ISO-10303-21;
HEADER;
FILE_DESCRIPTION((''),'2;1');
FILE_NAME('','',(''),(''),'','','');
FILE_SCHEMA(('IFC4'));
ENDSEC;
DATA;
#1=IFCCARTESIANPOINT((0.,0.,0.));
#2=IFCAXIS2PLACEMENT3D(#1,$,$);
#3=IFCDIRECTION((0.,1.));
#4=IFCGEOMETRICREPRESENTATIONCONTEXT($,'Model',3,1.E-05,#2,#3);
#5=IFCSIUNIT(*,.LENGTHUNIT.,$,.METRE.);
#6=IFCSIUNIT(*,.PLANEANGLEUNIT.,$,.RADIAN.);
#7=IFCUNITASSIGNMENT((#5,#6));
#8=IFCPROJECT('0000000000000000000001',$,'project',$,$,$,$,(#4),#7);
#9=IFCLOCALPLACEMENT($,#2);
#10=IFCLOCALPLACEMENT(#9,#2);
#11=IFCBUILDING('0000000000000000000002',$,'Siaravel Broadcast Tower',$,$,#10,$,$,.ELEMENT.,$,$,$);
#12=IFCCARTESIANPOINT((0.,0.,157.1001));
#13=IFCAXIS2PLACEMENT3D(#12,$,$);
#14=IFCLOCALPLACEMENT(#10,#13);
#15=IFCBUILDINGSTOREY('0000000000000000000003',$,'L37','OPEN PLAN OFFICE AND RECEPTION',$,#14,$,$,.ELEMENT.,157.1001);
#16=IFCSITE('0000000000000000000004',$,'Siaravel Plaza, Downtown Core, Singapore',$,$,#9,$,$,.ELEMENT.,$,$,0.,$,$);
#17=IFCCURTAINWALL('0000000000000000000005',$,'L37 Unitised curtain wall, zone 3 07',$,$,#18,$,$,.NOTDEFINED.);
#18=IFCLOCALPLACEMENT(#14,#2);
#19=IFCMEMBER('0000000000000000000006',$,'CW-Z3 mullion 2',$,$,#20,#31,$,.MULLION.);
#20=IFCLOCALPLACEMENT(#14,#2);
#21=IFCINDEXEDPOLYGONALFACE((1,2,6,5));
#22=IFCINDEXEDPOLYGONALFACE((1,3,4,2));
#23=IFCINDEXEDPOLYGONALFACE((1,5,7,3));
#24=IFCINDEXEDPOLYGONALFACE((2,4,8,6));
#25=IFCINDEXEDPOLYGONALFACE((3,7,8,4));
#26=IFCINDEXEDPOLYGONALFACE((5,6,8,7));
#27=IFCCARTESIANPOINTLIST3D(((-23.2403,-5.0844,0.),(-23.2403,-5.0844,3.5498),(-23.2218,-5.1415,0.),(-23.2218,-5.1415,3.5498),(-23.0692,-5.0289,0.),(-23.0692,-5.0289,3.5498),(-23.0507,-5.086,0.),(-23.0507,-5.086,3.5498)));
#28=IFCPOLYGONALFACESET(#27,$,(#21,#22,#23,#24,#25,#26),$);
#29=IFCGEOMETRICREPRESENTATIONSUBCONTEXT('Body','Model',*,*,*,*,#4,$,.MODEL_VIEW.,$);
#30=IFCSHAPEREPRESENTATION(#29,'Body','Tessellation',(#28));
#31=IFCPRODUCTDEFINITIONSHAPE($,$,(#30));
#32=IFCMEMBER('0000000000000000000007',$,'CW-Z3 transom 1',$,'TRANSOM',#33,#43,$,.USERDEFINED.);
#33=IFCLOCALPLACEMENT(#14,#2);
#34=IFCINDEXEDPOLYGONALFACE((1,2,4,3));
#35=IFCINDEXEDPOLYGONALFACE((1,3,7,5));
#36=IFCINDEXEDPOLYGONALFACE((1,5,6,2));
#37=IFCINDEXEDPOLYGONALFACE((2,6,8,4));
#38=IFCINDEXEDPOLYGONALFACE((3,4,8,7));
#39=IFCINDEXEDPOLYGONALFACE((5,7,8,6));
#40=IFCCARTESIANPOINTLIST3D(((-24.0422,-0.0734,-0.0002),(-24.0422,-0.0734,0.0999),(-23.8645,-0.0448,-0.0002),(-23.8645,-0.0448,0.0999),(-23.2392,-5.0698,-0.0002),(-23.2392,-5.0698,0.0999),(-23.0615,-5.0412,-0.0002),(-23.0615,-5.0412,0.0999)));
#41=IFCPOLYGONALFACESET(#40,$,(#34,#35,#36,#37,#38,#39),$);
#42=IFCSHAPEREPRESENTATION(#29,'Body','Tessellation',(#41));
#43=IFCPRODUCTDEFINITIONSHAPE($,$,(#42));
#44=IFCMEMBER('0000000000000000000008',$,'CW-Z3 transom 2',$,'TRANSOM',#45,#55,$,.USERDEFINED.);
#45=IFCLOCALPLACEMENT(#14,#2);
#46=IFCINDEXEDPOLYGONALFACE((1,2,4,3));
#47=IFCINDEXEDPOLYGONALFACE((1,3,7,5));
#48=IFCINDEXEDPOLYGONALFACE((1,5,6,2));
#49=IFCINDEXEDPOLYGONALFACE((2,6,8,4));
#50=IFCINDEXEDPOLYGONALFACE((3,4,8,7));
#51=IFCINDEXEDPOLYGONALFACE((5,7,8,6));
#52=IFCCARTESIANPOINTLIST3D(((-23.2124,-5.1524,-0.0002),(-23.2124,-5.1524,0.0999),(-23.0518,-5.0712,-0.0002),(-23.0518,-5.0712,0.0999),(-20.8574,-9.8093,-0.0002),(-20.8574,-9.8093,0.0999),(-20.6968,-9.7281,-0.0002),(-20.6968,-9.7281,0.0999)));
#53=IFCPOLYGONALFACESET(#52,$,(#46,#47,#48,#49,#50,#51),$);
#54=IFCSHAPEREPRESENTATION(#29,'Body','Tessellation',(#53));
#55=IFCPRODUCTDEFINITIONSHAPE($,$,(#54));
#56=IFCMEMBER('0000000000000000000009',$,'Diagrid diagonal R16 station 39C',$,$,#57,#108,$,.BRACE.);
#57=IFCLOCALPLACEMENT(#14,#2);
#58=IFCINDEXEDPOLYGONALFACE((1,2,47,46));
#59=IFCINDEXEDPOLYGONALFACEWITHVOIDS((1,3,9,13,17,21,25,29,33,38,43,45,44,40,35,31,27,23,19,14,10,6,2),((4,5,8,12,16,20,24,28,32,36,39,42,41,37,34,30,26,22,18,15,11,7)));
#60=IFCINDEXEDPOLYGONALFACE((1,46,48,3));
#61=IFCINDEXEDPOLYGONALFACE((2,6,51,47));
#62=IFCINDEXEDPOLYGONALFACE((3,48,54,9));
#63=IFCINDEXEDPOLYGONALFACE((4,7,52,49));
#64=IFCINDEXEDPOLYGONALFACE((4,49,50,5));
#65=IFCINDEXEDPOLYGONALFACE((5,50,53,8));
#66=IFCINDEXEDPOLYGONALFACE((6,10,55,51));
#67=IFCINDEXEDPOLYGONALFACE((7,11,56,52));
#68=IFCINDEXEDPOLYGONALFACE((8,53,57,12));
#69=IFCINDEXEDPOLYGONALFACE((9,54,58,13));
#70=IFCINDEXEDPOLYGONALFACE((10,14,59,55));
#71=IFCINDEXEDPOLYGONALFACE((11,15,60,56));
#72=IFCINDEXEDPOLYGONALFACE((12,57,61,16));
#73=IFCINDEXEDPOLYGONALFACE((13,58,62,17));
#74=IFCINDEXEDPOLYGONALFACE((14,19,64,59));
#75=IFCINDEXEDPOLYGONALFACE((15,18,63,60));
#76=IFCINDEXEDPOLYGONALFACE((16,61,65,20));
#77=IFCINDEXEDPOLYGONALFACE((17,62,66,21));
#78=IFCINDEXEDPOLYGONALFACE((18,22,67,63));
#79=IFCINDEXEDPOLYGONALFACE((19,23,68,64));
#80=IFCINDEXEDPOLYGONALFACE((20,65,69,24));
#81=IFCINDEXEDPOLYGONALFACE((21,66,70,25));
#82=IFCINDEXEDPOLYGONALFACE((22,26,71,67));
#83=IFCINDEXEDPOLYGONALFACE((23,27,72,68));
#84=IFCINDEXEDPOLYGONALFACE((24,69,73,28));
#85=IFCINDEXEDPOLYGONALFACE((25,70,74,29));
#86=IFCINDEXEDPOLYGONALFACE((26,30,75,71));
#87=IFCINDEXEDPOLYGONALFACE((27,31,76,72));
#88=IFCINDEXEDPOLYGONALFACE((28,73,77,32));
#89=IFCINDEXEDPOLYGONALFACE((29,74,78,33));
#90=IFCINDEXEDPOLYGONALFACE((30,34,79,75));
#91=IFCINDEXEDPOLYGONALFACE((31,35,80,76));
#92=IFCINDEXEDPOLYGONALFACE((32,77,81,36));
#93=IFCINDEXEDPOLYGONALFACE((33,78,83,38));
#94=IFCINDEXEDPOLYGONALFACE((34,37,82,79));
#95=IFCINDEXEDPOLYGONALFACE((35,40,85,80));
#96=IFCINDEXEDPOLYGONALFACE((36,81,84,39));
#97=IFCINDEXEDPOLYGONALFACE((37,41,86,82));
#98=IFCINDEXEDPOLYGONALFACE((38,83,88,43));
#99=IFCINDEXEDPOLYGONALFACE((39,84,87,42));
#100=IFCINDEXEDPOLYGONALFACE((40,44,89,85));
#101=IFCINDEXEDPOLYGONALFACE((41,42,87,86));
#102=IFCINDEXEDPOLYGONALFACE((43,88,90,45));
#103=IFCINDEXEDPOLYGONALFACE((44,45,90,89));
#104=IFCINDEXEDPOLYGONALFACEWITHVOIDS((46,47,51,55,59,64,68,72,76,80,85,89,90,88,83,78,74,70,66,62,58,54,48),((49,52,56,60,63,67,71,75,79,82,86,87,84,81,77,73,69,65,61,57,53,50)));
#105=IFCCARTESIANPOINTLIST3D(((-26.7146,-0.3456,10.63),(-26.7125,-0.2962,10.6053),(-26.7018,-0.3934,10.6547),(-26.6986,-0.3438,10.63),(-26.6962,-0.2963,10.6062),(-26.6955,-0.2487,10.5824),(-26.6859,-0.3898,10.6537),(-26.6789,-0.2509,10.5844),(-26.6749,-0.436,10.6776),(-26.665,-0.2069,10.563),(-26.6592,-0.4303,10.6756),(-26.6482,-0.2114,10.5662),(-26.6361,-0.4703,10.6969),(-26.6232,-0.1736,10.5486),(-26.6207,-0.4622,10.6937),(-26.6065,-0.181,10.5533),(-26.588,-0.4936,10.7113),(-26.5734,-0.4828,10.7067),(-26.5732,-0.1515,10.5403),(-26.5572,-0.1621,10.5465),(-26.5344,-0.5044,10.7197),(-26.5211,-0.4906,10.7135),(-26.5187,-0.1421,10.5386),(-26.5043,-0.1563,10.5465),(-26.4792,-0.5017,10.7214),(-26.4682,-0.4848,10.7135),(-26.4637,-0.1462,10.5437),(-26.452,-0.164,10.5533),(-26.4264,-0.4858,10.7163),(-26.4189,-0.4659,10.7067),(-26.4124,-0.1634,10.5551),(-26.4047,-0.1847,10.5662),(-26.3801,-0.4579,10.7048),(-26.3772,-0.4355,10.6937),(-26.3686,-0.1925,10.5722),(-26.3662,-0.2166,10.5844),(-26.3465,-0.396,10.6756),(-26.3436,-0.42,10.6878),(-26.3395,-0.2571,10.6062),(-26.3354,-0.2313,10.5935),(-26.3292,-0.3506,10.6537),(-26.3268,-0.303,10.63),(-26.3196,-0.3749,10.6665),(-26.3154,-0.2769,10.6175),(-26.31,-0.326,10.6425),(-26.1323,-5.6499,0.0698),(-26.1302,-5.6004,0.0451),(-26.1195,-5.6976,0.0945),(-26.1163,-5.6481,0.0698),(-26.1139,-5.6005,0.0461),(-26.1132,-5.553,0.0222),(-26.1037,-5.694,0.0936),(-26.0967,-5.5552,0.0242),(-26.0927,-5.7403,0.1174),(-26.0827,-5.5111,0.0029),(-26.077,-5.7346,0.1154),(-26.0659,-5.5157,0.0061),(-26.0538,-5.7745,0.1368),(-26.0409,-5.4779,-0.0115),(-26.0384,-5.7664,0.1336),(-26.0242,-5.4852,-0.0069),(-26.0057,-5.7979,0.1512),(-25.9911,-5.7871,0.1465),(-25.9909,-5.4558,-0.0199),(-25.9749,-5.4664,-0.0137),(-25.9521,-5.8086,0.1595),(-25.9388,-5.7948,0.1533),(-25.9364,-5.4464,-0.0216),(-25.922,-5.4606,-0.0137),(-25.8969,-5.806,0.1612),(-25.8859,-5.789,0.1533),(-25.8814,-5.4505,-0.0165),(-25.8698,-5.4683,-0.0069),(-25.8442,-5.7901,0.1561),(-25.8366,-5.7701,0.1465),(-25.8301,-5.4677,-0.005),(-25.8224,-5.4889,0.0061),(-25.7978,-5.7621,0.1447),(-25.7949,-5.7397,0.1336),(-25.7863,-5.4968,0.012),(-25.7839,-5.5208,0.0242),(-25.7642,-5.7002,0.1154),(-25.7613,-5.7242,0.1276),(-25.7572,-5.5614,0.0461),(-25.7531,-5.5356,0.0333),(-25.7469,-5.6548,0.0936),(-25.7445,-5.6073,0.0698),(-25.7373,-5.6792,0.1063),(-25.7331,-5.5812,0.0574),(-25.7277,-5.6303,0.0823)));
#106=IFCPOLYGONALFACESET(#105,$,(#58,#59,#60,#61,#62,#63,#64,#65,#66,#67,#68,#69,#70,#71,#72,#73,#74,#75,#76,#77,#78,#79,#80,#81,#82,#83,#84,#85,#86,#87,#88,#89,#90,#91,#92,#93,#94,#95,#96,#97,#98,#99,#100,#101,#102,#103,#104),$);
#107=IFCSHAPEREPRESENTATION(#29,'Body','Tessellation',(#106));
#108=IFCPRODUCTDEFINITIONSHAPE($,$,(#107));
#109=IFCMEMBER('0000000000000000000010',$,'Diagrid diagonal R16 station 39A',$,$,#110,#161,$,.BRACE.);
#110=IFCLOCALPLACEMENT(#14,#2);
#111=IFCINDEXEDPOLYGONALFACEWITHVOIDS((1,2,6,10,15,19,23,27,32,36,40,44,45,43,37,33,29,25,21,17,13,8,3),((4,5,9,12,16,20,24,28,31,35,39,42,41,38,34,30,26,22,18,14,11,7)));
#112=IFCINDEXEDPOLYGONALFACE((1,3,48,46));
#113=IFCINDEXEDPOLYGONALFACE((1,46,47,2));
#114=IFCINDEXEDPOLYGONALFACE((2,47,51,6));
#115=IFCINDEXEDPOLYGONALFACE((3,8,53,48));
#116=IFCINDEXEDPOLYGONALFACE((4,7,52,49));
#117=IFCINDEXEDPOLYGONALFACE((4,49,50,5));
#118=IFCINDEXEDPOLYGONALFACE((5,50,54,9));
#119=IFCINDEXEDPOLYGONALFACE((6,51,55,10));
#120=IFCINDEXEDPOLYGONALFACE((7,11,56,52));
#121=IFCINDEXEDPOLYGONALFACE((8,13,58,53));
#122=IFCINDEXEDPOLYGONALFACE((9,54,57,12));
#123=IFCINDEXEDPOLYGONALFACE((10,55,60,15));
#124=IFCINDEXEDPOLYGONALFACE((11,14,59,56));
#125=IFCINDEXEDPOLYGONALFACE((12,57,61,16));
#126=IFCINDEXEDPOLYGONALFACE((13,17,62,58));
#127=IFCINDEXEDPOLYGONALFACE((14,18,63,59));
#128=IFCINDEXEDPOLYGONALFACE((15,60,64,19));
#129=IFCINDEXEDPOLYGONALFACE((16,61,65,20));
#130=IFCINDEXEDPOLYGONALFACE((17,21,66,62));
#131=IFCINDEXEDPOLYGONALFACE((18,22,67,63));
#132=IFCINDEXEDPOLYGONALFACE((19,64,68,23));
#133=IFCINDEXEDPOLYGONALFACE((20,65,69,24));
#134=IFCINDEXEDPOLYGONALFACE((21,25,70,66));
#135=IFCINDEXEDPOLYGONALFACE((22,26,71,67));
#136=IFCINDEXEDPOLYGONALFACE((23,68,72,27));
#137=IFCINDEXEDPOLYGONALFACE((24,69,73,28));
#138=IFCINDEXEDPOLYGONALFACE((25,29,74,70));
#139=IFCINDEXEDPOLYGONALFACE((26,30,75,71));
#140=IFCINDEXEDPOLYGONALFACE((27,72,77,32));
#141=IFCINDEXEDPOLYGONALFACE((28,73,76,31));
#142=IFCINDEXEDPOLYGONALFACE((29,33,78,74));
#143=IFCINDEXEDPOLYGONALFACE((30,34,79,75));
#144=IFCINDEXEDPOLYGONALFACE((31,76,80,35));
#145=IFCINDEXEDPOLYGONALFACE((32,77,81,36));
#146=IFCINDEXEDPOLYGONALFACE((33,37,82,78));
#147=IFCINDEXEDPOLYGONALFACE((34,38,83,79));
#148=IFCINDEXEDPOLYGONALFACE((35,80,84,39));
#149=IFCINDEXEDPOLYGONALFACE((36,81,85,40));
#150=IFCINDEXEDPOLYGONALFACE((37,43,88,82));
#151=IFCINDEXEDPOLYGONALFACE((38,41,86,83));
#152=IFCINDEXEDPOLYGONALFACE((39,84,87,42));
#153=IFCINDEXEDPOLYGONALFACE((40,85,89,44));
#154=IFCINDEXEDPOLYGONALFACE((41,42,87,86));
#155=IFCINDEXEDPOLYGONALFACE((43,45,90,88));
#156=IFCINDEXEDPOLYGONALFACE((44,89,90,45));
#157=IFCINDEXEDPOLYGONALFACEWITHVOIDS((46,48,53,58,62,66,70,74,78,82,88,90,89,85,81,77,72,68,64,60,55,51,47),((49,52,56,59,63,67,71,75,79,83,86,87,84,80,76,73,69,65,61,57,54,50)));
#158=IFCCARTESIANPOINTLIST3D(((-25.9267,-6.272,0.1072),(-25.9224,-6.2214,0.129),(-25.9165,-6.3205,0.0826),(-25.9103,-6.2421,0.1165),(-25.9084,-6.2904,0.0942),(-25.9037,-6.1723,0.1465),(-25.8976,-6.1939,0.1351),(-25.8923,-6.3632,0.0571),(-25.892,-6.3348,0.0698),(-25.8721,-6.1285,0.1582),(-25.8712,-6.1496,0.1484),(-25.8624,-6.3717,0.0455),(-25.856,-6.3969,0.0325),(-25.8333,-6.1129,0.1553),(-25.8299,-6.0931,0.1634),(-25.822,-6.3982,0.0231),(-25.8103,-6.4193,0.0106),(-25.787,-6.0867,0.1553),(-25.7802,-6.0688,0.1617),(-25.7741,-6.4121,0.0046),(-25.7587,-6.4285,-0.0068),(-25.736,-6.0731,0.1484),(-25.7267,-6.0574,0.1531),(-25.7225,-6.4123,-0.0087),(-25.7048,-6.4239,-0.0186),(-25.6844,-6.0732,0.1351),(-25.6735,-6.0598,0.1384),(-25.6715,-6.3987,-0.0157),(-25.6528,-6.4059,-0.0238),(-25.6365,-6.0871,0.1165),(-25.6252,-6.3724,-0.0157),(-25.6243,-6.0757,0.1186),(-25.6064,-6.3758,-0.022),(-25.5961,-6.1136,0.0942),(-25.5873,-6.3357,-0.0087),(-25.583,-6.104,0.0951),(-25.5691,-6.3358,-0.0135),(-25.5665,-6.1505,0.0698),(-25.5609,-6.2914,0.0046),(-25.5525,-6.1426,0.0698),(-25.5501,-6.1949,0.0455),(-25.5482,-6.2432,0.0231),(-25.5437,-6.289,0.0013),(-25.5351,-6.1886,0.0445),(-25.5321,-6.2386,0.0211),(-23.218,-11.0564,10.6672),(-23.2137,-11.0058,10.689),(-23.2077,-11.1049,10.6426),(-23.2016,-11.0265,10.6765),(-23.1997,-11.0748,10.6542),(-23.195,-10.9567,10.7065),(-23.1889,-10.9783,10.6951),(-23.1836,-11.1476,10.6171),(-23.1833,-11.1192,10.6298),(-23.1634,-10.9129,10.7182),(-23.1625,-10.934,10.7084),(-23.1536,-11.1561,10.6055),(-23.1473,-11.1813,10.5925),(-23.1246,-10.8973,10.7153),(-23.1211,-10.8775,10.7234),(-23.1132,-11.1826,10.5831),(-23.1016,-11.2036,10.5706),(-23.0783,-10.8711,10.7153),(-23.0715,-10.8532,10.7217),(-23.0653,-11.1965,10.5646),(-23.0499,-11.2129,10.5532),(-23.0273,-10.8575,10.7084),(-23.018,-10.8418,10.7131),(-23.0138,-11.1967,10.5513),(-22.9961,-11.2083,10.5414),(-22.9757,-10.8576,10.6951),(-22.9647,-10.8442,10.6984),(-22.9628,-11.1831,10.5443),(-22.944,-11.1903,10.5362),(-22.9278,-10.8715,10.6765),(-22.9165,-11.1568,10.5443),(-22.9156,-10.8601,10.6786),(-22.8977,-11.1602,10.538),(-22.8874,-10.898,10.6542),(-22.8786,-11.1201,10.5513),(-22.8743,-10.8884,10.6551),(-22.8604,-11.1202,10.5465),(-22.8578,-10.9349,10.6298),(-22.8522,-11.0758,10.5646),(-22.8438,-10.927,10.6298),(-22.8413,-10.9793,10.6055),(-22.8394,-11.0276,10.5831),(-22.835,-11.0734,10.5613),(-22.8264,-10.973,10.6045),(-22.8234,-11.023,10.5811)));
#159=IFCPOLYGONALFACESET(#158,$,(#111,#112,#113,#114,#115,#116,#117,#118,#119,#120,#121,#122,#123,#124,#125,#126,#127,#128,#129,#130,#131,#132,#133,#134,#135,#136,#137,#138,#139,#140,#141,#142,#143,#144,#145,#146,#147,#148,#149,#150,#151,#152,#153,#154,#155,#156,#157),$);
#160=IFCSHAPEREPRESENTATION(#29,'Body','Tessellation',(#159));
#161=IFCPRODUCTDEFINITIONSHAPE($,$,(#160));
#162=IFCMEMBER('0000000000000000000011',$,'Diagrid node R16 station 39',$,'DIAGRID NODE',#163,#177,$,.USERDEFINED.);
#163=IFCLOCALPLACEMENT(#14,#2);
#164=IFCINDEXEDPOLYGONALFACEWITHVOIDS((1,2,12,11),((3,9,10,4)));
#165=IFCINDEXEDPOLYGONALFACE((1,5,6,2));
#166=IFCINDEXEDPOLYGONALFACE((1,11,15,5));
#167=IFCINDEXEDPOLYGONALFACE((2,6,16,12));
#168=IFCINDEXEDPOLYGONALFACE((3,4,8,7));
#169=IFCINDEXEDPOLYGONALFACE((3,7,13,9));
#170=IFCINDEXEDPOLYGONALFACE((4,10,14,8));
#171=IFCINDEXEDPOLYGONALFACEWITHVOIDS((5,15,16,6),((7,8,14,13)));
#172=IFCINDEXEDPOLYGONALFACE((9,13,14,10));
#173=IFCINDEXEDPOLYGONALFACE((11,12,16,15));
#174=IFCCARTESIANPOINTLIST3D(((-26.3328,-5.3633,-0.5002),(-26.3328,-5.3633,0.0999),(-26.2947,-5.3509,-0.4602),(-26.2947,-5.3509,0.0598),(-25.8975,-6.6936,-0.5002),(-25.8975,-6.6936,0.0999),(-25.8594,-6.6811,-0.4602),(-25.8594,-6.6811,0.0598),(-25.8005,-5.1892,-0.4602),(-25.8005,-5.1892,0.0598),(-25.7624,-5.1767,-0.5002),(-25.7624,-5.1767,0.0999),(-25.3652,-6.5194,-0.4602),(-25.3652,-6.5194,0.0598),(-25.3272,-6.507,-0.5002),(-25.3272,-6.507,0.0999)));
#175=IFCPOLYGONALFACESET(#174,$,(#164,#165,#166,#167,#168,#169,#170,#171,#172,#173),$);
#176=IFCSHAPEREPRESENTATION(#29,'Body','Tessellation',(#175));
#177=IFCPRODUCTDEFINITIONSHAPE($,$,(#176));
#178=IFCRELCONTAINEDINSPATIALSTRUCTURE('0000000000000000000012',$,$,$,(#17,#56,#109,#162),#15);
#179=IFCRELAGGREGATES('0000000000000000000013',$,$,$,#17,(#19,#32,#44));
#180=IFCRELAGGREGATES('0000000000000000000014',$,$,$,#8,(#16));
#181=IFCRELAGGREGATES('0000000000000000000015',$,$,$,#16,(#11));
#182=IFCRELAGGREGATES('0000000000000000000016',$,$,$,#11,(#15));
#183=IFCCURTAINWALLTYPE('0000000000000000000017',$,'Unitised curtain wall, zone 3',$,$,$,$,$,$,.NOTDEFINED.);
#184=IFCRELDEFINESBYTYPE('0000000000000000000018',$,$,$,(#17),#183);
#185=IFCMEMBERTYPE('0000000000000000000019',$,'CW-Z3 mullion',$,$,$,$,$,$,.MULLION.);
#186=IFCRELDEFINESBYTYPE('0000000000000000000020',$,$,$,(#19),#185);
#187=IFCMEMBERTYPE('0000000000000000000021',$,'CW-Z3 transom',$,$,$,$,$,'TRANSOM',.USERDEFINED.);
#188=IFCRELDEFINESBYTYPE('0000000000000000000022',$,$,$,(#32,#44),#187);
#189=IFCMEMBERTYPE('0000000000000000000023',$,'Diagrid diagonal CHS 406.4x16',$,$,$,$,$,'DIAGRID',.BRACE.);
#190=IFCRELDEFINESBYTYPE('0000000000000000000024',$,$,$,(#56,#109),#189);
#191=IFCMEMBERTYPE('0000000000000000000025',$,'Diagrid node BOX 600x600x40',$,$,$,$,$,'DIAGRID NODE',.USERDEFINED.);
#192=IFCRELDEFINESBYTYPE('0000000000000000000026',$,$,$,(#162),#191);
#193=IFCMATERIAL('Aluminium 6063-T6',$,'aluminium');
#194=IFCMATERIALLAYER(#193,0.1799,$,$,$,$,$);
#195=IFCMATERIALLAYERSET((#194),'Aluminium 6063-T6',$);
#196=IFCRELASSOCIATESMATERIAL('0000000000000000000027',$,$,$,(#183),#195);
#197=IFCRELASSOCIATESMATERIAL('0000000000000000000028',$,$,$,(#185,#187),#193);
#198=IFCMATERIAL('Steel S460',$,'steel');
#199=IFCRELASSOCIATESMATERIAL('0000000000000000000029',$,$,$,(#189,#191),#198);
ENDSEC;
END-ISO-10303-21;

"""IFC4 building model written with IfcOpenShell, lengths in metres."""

from ifc_helpers import new_model, si_unit, direction, frame, origin, origin_2d, place, context, subcontext, project, spatial, rectangle, hollow_rectangle, hollow_circle, extrude, material, layer, layer_set, material_profile, profile_set, type_object, element, aggregate, save


model = new_model("IFC4")

# Units and contexts
model_context = context("Model", 3, precision=1e-05, world=origin(), true_north=direction((0.0, 1.0)))
body_context = subcontext(model_context, "Body", "Model", "MODEL_VIEW")
ifc_project = project(units=[si_unit("LENGTHUNIT", "METRE"), si_unit("PLANEANGLEUNIT", "RADIAN")], contexts=[model_context])

# Site, building, storey
site_placement = place(None, origin())
site = spatial("IfcSite", under=ifc_project, at=site_placement, Name="Siaravel Plaza, Downtown Core, Singapore", CompositionType="ELEMENT", RefElevation=0.0)
building_placement = place(site_placement, origin())
building = spatial("IfcBuilding", under=site, at=building_placement, Name="Siaravel Broadcast Tower", CompositionType="ELEMENT")
storey_placement = place(building_placement, frame((0.0, 0.0, 157.1001)))
storey = spatial("IfcBuildingStorey", under=building, at=storey_placement, Name="L37", Description="OPEN PLAN OFFICE AND RECEPTION", CompositionType="ELEMENT", Elevation=157.1001)

# Curtain wall, members
ifc_material_1 = material(Name="Aluminium 6063-T6", Category="aluminium")
ifc_layer_1 = layer(ifc_material_1, 0.1799)
ifc_layer_set_1 = layer_set([ifc_layer_1], Name="Aluminium 6063-T6")
curtain_wall_type = type_object("IfcCurtainWallType", Name="Unitised curtain wall, zone 3", PredefinedType="NOTDEFINED", material=ifc_layer_set_1)
curtain_wall_placement = place(storey_placement, origin())
curtain_wall = element("IfcCurtainWall", 1, at=curtain_wall_placement, inside=storey, type_object=curtain_wall_type, Name="L37 Unitised curtain wall, zone 3 07", PredefinedType="NOTDEFINED")
ifc_material_profile_1 = material_profile(ifc_material_1, rectangle(XDim=0.1799, YDim=0.0601, at=origin_2d()))
ifc_profile_set_1 = profile_set([ifc_material_profile_1], Name="Aluminium 6063-T6")
member_type_1 = type_object("IfcMemberType", Name="CW-Z3 mullion", PredefinedType="MULLION", material=ifc_profile_set_1)
member_1_placement = place(storey_placement, frame((-23.1455, -5.0852, 0.0), z_axis=(0.0, 0.0, 1.0), x_axis=(0.951177, 0.308645, 0.0)))
member_1 = element("IfcMember", 2, at=member_1_placement, type_object=member_type_1, Name="CW-Z3 mullion 2", PredefinedType="MULLION", context=body_context, shape_type="SweptSolid", body=[
    extrude(rectangle(XDim=0.1799, YDim=0.0601, at=origin_2d()), origin(), (0.0, 0.0, 1.0), 3.5498),
])
ifc_material_profile_2 = material_profile(ifc_material_1, rectangle(XDim=0.1799, YDim=0.1001, at=origin_2d()))
ifc_profile_set_2 = profile_set([ifc_material_profile_2], Name="Aluminium 6063-T6")
member_type_2 = type_object("IfcMemberType", Name="CW-Z3 transom", ElementType="TRANSOM", PredefinedType="USERDEFINED", material=ifc_profile_set_2)
member_2_placement = place(storey_placement, frame((-23.9534, -0.0591, 0.0498), z_axis=(0.158677, -0.987331, 0.0), x_axis=(0.987331, 0.158677, 0.0)))
member_2 = element("IfcMember", 3, at=member_2_placement, type_object=member_type_2, Name="CW-Z3 transom 1", ObjectType="TRANSOM", PredefinedType="USERDEFINED", context=body_context, shape_type="SweptSolid", body=[
    extrude(rectangle(XDim=0.1799, YDim=0.1001, at=origin_2d()), origin(), (0.0, 0.0, 1.0), 5.0605),
])
member_3_placement = place(storey_placement, frame((-23.1321, -5.1118, 0.0498), z_axis=(0.45127, -0.892388, 0.0), x_axis=(0.892388, 0.45127, 0.0)))
member_3 = element("IfcMember", 4, at=member_3_placement, type_object=member_type_2, Name="CW-Z3 transom 2", ObjectType="TRANSOM", PredefinedType="USERDEFINED", context=body_context, shape_type="SweptSolid", body=[
    extrude(rectangle(XDim=0.1799, YDim=0.1001, at=origin_2d()), origin(), (0.0, 0.0, 1.0), 5.2185),
])

# Members
ifc_material_2 = material(Name="Steel S460", Category="steel")
ifc_material_profile_3 = material_profile(ifc_material_2, hollow_circle(Radius=0.2031, WallThickness=0.0161, at=origin_2d()))
ifc_profile_set_3 = profile_set([ifc_material_profile_3], Name="Steel S460")
member_type_3 = type_object("IfcMemberType", Name="Diagrid diagonal CHS 406.4x16", ElementType="DIAGRID", PredefinedType="BRACE", material=ifc_profile_set_3)
member_4_placement = place(storey_placement, frame((-25.9304, -5.6277, 0.0698), z_axis=(-0.049213, 0.448305, 0.892525), x_axis=(-0.994028, -0.109121, 0.0)))
element("IfcMember", 5, at=member_4_placement, inside=storey, type_object=member_type_3, Name="Diagrid diagonal R16 station 39C", PredefinedType="BRACE", context=body_context, shape_type="SweptSolid", body=[
    extrude(hollow_circle(Radius=0.2031, WallThickness=0.0161, at=origin_2d()), origin(), (0.0, 0.0, 1.0), 11.8318),
])
member_5_placement = place(storey_placement, frame((-25.7292, -6.2427, 0.0698), z_axis=(0.227519, -0.401864, 0.886984), x_axis=(0.870212, 0.492678, 0.0)))
element("IfcMember", 6, at=member_5_placement, inside=storey, type_object=member_type_3, Name="Diagrid diagonal R16 station 39A", PredefinedType="BRACE", context=body_context, shape_type="SweptSolid", body=[
    extrude(hollow_circle(Radius=0.2031, WallThickness=0.0161, at=origin_2d()), origin(), (0.0, 0.0, 1.0), 11.9055),
])
ifc_material_profile_4 = material_profile(ifc_material_2, hollow_rectangle(XDim=0.6001, YDim=0.6001, WallThickness=0.04, at=origin_2d()))
ifc_profile_set_4 = profile_set([ifc_material_profile_4], Name="Steel S460")
member_type_4 = type_object("IfcMemberType", Name="Diagrid node BOX 600x600x40", ElementType="DIAGRID NODE", PredefinedType="USERDEFINED", material=ifc_profile_set_4)
member_6_placement = place(storey_placement, frame((-26.0476, -5.27, -0.2002), z_axis=(0.31099, -0.950413, 0.0), x_axis=(0.950413, 0.31099, 0.0)))
element("IfcMember", 7, at=member_6_placement, inside=storey, type_object=member_type_4, Name="Diagrid node R16 station 39", ObjectType="DIAGRID NODE", PredefinedType="USERDEFINED", context=body_context, shape_type="SweptSolid", body=[
    extrude(hollow_rectangle(XDim=0.6001, YDim=0.6001, WallThickness=0.04, at=origin_2d()), origin(), (0.0, 0.0, 1.0), 1.3997),
])

aggregate(curtain_wall, [member_1, member_2, member_3])

save(model, "model.ifc")
